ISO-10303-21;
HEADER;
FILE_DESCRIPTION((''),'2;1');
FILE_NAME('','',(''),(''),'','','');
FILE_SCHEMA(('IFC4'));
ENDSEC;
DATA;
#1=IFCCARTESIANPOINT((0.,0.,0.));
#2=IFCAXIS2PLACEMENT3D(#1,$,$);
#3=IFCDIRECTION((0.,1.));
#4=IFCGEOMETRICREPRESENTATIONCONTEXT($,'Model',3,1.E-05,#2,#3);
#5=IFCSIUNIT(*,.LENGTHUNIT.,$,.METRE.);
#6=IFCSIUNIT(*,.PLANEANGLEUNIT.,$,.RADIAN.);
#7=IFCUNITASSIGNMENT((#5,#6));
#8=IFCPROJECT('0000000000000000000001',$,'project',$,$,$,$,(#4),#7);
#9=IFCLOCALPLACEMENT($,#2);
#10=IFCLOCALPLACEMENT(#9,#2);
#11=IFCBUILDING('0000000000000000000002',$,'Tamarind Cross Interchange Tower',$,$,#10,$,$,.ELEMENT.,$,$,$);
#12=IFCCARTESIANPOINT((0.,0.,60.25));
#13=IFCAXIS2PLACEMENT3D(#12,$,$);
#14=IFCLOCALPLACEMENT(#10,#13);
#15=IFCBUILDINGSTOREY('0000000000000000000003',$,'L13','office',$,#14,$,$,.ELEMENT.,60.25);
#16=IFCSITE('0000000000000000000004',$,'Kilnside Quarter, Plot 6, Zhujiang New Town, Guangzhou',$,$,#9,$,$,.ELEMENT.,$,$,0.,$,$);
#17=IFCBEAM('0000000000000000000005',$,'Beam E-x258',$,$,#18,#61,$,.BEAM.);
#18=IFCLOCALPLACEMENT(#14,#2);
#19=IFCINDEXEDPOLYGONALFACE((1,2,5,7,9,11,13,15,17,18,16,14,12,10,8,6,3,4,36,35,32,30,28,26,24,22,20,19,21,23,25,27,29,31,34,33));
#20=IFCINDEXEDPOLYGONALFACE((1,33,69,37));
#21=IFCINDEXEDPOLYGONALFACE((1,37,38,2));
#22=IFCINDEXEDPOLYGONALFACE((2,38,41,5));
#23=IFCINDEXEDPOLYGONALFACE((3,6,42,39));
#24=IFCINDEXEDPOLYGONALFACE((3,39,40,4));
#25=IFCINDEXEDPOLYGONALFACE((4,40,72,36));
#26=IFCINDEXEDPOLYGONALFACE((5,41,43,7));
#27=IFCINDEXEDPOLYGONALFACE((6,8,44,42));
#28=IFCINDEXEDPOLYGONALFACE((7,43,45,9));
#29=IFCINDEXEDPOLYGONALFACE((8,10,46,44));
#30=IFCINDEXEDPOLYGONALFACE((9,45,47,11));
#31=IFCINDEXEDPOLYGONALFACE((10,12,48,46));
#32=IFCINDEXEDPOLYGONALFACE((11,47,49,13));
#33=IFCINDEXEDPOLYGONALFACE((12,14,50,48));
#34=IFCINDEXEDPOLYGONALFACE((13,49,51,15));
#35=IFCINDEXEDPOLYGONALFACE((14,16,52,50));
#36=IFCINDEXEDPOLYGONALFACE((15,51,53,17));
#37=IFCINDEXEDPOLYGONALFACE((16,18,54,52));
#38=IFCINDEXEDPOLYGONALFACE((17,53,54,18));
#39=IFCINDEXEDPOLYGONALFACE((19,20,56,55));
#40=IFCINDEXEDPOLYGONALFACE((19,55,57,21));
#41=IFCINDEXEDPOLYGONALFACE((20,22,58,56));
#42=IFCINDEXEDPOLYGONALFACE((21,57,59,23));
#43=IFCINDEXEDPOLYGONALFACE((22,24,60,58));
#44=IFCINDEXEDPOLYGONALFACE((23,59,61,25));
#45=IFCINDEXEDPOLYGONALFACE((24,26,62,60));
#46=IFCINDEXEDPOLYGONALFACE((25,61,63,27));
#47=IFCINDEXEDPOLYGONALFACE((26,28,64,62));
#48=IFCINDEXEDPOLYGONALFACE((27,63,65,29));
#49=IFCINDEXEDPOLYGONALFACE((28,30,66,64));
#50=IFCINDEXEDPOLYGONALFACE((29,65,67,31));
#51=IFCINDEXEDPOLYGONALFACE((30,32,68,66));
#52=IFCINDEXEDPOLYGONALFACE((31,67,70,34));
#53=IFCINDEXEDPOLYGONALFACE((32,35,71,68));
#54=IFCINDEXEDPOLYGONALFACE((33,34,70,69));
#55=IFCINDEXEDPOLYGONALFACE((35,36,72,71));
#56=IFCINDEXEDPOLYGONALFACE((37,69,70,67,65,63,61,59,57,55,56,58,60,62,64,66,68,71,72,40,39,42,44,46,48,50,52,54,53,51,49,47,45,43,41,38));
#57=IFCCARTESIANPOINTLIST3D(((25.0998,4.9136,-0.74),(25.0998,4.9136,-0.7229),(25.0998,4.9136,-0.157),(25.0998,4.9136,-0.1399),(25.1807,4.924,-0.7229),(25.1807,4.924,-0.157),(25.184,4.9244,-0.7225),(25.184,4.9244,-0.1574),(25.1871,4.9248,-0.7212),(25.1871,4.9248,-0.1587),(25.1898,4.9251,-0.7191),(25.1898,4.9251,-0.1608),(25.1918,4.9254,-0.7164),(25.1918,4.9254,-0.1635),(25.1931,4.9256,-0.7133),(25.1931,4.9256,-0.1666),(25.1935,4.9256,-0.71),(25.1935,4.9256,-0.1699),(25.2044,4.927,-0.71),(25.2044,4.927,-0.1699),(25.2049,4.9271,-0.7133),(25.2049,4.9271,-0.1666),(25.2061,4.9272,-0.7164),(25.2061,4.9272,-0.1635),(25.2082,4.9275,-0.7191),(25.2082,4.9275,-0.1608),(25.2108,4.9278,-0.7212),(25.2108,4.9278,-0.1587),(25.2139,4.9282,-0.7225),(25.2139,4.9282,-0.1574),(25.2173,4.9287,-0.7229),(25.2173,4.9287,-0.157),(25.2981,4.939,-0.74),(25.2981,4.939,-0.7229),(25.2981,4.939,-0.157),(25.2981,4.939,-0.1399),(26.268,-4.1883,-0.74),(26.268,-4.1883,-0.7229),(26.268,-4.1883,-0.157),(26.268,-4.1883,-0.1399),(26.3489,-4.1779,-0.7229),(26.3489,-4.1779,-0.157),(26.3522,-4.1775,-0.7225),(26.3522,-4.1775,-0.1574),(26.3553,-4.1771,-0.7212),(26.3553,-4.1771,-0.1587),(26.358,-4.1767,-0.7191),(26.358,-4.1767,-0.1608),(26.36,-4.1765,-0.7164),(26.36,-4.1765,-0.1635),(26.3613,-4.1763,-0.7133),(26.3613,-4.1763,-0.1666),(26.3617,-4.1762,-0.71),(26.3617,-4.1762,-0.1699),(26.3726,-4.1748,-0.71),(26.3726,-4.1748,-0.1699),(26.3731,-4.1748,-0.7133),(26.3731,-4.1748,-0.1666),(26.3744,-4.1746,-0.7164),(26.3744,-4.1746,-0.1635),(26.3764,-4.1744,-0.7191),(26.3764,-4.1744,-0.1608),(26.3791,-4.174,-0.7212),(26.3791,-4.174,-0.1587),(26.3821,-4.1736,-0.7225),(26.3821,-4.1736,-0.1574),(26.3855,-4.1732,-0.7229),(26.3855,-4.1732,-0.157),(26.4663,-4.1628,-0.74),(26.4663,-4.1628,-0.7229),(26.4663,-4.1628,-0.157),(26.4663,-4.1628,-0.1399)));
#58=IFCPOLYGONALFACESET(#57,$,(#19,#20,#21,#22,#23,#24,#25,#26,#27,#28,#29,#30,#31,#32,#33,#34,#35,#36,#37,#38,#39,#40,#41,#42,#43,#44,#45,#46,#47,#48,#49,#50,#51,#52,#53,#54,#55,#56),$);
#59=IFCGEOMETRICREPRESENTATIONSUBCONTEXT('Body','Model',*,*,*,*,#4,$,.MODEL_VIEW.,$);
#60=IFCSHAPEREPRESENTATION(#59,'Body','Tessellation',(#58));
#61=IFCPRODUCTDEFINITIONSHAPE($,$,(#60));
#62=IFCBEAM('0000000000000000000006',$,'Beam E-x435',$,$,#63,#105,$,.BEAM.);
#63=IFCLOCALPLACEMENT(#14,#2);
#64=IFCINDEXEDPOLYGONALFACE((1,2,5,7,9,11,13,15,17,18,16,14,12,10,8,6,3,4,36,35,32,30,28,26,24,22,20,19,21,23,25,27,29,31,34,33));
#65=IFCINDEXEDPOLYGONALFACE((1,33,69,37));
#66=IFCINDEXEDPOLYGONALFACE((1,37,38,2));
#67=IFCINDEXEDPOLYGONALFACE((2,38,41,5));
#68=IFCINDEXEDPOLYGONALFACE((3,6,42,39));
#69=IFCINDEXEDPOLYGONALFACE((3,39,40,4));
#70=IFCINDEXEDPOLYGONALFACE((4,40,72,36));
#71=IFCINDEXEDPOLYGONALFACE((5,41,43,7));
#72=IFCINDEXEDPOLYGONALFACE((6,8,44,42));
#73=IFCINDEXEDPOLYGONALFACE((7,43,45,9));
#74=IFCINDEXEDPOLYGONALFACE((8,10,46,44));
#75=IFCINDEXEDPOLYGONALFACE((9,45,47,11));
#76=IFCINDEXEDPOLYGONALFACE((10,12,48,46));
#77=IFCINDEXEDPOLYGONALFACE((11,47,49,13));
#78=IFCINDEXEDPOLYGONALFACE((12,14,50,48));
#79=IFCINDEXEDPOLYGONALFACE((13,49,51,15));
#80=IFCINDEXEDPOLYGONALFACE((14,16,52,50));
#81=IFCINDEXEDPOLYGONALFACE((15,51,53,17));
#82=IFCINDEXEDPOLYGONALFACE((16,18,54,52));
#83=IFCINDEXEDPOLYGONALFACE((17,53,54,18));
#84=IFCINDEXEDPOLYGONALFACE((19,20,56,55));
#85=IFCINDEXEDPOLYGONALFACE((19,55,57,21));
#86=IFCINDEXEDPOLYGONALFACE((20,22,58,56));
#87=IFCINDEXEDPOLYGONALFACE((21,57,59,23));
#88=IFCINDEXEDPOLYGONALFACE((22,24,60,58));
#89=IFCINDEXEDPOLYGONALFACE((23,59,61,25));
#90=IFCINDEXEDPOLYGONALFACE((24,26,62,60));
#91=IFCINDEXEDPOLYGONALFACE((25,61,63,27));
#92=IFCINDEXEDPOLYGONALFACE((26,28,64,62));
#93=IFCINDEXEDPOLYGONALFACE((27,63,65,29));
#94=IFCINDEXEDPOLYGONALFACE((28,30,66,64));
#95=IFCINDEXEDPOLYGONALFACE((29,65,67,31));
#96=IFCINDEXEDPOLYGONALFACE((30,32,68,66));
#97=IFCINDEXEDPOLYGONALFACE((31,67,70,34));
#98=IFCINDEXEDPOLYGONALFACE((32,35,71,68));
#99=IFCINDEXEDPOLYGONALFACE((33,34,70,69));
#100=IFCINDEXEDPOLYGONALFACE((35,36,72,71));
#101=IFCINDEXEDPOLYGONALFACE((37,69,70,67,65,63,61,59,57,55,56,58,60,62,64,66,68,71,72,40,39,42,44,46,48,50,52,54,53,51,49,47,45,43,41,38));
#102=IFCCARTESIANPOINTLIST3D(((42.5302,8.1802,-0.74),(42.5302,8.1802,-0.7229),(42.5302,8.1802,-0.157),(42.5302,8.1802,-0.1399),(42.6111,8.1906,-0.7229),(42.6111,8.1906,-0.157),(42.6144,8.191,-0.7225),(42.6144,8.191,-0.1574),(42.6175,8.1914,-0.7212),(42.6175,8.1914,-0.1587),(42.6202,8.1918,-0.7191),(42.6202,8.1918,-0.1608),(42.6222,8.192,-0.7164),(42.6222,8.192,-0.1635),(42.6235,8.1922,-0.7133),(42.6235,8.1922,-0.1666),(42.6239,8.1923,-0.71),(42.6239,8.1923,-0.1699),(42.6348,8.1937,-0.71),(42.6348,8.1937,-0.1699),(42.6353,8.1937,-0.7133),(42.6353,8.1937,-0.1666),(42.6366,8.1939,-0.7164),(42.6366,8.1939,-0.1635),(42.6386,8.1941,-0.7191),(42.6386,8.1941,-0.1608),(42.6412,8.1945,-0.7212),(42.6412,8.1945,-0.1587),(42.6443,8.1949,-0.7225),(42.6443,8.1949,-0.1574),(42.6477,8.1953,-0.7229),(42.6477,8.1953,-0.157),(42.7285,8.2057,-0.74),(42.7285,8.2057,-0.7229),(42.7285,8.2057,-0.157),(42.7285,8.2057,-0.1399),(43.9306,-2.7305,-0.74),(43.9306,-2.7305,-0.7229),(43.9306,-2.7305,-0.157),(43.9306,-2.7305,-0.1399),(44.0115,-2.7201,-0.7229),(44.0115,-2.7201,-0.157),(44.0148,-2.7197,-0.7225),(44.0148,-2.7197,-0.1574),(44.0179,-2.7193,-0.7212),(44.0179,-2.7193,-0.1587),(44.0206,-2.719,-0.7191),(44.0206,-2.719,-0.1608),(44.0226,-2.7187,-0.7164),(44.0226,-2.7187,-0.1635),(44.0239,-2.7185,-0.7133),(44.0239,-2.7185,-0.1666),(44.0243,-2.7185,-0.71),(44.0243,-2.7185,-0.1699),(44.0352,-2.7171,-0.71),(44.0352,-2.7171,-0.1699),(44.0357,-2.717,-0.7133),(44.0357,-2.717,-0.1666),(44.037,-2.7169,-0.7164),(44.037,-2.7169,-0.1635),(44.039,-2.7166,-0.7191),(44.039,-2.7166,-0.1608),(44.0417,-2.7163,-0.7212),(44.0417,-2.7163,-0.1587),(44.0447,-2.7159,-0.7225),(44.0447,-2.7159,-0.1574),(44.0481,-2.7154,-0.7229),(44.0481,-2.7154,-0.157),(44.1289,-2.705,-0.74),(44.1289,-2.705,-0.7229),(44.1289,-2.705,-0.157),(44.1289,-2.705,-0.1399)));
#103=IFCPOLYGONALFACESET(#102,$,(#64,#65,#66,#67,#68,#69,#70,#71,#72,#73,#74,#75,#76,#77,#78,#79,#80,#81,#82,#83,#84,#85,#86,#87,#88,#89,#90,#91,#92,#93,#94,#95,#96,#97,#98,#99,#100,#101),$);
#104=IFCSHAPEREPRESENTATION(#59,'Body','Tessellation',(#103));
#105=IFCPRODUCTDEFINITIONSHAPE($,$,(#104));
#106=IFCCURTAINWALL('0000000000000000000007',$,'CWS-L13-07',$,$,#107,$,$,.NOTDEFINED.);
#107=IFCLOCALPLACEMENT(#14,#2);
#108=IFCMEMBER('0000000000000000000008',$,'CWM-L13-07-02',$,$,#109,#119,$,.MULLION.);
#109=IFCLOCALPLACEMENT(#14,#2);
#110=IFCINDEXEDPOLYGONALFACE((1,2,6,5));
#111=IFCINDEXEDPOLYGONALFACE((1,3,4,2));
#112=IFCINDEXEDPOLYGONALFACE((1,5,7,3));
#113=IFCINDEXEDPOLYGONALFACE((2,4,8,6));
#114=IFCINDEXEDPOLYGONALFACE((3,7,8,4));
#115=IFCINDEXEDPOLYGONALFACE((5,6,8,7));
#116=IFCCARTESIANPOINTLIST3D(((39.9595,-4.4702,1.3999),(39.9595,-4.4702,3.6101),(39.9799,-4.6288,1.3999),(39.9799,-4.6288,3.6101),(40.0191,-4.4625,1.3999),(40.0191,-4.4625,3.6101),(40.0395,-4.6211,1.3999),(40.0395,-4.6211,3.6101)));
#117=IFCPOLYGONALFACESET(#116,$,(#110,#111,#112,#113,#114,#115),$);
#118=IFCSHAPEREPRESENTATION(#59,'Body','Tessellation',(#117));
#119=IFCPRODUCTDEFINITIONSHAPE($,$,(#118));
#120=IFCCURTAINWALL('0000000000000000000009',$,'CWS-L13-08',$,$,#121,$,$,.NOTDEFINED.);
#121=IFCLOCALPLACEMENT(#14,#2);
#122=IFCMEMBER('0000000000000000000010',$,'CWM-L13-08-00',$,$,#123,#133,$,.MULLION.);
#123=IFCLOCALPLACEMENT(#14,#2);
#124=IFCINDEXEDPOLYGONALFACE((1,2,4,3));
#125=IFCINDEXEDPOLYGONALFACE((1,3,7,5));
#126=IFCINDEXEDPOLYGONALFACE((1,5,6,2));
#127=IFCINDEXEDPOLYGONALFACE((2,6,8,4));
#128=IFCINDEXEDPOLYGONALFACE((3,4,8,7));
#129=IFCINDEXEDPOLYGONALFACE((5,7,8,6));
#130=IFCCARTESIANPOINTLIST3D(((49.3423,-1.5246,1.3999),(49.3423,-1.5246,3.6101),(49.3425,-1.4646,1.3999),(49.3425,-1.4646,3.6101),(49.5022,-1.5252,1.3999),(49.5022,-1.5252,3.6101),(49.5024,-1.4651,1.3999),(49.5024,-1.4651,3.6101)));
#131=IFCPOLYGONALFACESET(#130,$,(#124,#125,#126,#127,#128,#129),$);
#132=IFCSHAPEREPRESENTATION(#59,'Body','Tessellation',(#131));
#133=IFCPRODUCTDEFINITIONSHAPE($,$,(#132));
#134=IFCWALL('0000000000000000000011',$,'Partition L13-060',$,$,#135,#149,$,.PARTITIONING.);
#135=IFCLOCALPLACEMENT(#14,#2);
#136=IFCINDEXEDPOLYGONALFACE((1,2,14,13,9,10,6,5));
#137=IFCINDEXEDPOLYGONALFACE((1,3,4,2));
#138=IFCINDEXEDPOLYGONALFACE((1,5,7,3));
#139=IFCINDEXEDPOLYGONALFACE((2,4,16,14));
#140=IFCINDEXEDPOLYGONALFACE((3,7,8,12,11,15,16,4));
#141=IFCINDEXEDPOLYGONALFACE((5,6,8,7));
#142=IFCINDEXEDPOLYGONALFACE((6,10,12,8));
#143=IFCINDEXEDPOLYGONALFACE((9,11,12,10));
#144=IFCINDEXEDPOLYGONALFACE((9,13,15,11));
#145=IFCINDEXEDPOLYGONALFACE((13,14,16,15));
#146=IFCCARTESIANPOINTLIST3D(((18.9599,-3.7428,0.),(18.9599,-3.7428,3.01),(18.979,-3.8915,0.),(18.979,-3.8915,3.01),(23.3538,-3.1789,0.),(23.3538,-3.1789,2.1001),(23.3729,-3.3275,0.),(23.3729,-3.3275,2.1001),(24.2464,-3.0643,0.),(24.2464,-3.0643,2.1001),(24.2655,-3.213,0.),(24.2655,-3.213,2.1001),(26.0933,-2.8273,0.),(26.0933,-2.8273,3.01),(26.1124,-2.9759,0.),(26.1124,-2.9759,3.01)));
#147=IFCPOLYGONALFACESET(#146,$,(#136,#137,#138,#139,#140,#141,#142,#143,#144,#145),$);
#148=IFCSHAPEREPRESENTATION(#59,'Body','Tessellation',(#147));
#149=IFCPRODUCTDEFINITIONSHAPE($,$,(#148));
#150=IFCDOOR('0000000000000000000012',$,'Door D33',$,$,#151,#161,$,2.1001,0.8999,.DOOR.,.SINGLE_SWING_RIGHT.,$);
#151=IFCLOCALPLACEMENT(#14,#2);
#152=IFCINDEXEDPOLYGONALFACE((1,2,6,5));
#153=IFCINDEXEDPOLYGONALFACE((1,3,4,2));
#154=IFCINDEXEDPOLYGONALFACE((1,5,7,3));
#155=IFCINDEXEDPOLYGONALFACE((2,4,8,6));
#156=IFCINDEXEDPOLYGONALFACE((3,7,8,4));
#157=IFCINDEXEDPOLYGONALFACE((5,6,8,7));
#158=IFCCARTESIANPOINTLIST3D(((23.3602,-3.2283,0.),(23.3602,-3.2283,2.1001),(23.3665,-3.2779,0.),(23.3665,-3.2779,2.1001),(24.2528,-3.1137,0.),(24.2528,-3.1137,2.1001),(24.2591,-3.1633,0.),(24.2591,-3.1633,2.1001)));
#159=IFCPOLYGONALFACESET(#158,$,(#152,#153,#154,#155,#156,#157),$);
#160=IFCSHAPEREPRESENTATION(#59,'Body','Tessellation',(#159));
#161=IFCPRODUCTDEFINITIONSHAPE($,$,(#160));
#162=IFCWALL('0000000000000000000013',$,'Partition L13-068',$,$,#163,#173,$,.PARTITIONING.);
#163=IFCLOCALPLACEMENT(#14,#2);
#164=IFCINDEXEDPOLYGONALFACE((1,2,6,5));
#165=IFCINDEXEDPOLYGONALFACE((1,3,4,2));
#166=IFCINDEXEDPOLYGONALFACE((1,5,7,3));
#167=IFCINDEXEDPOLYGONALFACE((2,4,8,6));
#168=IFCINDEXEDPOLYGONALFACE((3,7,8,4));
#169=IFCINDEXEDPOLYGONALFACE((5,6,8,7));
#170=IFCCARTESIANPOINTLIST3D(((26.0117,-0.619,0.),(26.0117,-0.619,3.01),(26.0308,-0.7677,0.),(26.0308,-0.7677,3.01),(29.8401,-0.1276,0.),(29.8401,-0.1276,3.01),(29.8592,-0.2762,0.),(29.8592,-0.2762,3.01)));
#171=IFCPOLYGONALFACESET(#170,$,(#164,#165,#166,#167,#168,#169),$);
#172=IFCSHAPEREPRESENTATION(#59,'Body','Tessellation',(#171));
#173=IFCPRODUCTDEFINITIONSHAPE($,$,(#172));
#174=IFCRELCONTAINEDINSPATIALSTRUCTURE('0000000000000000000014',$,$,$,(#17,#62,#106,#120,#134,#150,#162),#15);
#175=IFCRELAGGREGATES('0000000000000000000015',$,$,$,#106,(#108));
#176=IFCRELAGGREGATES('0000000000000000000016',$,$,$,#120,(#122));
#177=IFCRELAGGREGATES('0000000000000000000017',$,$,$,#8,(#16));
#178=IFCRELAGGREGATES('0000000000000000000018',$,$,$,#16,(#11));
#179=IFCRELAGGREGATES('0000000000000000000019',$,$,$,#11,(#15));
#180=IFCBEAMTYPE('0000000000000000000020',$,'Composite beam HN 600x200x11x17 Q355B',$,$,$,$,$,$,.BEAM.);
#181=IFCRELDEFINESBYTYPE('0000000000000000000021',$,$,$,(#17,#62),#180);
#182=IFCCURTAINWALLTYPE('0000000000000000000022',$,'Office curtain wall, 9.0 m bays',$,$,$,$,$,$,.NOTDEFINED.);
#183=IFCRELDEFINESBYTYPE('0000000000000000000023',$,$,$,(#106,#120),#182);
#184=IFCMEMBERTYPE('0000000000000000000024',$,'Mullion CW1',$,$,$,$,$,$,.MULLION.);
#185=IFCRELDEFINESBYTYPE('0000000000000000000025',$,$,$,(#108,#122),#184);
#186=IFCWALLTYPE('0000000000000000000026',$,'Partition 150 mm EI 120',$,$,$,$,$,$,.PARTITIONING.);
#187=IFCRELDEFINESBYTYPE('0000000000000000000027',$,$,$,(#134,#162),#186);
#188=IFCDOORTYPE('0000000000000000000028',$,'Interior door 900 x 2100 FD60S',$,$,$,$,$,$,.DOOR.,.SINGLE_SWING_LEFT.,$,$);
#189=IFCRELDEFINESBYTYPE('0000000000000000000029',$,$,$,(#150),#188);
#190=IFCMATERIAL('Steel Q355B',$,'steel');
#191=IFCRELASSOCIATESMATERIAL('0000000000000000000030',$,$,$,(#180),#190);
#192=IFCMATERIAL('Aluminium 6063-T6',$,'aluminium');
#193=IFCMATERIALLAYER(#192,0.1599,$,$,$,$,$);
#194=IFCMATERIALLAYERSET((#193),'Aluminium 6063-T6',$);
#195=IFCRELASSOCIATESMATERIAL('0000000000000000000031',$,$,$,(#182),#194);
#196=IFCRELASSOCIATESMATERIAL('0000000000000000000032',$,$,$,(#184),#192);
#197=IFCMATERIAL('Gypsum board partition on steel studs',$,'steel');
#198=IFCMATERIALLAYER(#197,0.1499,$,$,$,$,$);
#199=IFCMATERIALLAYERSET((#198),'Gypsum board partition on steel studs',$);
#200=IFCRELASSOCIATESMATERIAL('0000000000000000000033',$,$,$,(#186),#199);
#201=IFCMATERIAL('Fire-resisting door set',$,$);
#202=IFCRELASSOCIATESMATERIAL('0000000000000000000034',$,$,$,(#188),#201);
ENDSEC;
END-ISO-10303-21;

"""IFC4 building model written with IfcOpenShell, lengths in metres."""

from ifc_helpers import new_model, si_unit, direction, frame, frame_2d, origin, origin_2d, place, context, subcontext, project, spatial, rectangle, i_section, extrude, material, layer, layer_set, material_profile, profile_set, type_object, element, fill, aggregate, save


model = new_model("IFC4")

# Units and contexts
model_context = context("Model", 3, precision=1e-05, world=origin(), true_north=direction((0.0, 1.0)))
body_context = subcontext(model_context, "Body", "Model", "MODEL_VIEW")
ifc_project = project(units=[si_unit("LENGTHUNIT", "METRE"), si_unit("PLANEANGLEUNIT", "RADIAN")], contexts=[model_context])

# Site, building, storey
site_placement = place(None, origin())
site = spatial("IfcSite", under=ifc_project, at=site_placement, Name="Kilnside Quarter, Plot 6, Zhujiang New Town, Guangzhou", CompositionType="ELEMENT", RefElevation=0.0)
building_placement = place(site_placement, origin())
building = spatial("IfcBuilding", under=site, at=building_placement, Name="Tamarind Cross Interchange Tower", CompositionType="ELEMENT")
storey_placement = place(building_placement, frame((0.0, 0.0, 60.25)))
storey = spatial("IfcBuildingStorey", under=building, at=storey_placement, Name="L13", Description="office", CompositionType="ELEMENT", Elevation=60.25)

# Beams
ifc_material_1 = material(Name="Steel Q355B", Category="steel")
ifc_material_profile_1 = material_profile(ifc_material_1, i_section(OverallWidth=0.2, OverallDepth=0.6001, WebThickness=0.011, FlangeThickness=0.0171, FilletRadius=0.0129, at=origin_2d()), Name="HN 600x200x11x17")
ifc_profile_set_1 = profile_set([ifc_material_profile_1], Name="Steel Q355B")
beam_type_1 = type_object("IfcBeamType", Name="Composite beam HN 600x200x11x17 Q355B", PredefinedType="BEAM", material=ifc_profile_set_1)
beam_1_placement = place(storey_placement, frame((26.3672, -4.1755, -0.4399), z_axis=(-0.127305, 0.991864, 0.0), x_axis=(-0.991864, -0.127305, 0.0)))
element("IfcBeam", 1, at=beam_1_placement, inside=storey, type_object=beam_type_1, Name="Beam E-x258", PredefinedType="BEAM", context=body_context, shape_type="SweptSolid", body=[
    extrude(i_section(OverallWidth=0.2, OverallDepth=0.6001, WebThickness=0.011, FlangeThickness=0.0171, FilletRadius=0.0129, at=origin_2d()), origin(), (0.0, 0.0, 1.0), 9.1765),
])
beam_2_placement = place(storey_placement, frame((44.0298, -2.7178, -0.4399), z_axis=(-0.127307, 0.991863, 0.0), x_axis=(-0.991863, -0.127307, 0.0)))
element("IfcBeam", 2, at=beam_2_placement, inside=storey, type_object=beam_type_1, Name="Beam E-x435", PredefinedType="BEAM", context=body_context, shape_type="SweptSolid", body=[
    extrude(i_section(OverallWidth=0.2, OverallDepth=0.6001, WebThickness=0.011, FlangeThickness=0.0171, FilletRadius=0.0129, at=origin_2d()), origin(), (0.0, 0.0, 1.0), 11.0002),
])

# Curtain walls, members
ifc_material_2 = material(Name="Aluminium 6063-T6", Category="aluminium")
ifc_layer_1 = layer(ifc_material_2, 0.1599)
ifc_layer_set_1 = layer_set([ifc_layer_1], Name="Aluminium 6063-T6")
curtain_wall_type = type_object("IfcCurtainWallType", Name="Office curtain wall, 9.0 m bays", PredefinedType="NOTDEFINED", material=ifc_layer_set_1)
curtain_wall_1_placement = place(storey_placement, origin())
curtain_wall_1 = element("IfcCurtainWall", 3, at=curtain_wall_1_placement, inside=storey, type_object=curtain_wall_type, Name="CWS-L13-07", PredefinedType="NOTDEFINED")
ifc_material_profile_2 = material_profile(ifc_material_2, rectangle(XDim=0.0601, YDim=0.1599, at=origin_2d()), Name="Mullion CW1")
ifc_profile_set_2 = profile_set([ifc_material_profile_2], Name="Aluminium 6063-T6")
member_type = type_object("IfcMemberType", Name="Mullion CW1", PredefinedType="MULLION", material=ifc_profile_set_2)
member_1_placement = place(storey_placement, frame((39.9995, -4.5457, 1.3999), z_axis=(0.0, 0.0, 1.0), x_axis=(0.991864, 0.1273, 0.0)))
member_1 = element("IfcMember", 4, at=member_1_placement, type_object=member_type, Name="CWM-L13-07-02", PredefinedType="MULLION", context=body_context, shape_type="SweptSolid", body=[
    extrude(rectangle(XDim=0.0601, YDim=0.1599, at=origin_2d()), origin(), (0.0, 0.0, 1.0), 2.2102),
])
aggregate(curtain_wall_1, [member_1])
curtain_wall_2_placement = place(storey_placement, origin())
curtain_wall_2 = element("IfcCurtainWall", 5, at=curtain_wall_2_placement, inside=storey, type_object=curtain_wall_type, Name="CWS-L13-08", PredefinedType="NOTDEFINED")
member_2_placement = place(storey_placement, frame((49.4224, -1.4949, 1.3999), z_axis=(0.0, 0.0, 1.0), x_axis=(0.003253, 0.999995, 0.0)))
member_2 = element("IfcMember", 6, at=member_2_placement, type_object=member_type, Name="CWM-L13-08-00", PredefinedType="MULLION", context=body_context, shape_type="SweptSolid", body=[
    extrude(rectangle(XDim=0.0601, YDim=0.1599, at=origin_2d()), origin(), (0.0, 0.0, 1.0), 2.2102),
])
aggregate(curtain_wall_2, [member_2])

# Wall, opening, door
ifc_material_3 = material(Name="Gypsum board partition on steel studs", Category="steel")
ifc_layer_2 = layer(ifc_material_3, 0.1499)
ifc_layer_set_2 = layer_set([ifc_layer_2], Name="Gypsum board partition on steel studs")
wall_type_1 = type_object("IfcWallType", Name="Partition 150 mm EI 120", PredefinedType="PARTITIONING", material=ifc_layer_set_2)
wall_1_placement = place(storey_placement, frame((18.9695, -3.8171, 0.0), z_axis=(0.0, 0.0, 1.0), x_axis=(0.991864, 0.127301, 0.0)))
wall_1 = element("IfcWall", 7, at=wall_1_placement, inside=storey, type_object=wall_type_1, Name="Partition L13-060", PredefinedType="PARTITIONING", context=body_context, shape_type="SweptSolid", body=[
    extrude(rectangle(XDim=7.1919, YDim=0.1499, at=frame_2d((3.5959, 0.0))), origin(), (0.0, 0.0, 1.0), 3.01),
])
opening_1_placement = place(wall_1_placement, frame((4.4299, 0.0, 0.0)))
opening_1 = element("IfcOpeningElement", 8, at=opening_1_placement, cuts=wall_1, PredefinedType="OPENING", context=body_context, shape_type="SweptSolid", body=[
    extrude(rectangle(XDim=0.8999, YDim=2.1001, at=frame_2d((0.45, 1.05))), frame((0.0, 0.085, 0.0), z_axis=(0.0, -1.0, 0.0), x_axis=(1.0, 0.0, 0.0)), (0.0, 0.0, 1.0), 0.1699),
])
ifc_material_4 = material(Name="Fire-resisting door set")
door_type_1 = type_object("IfcDoorType", Name="Interior door 900 x 2100 FD60S", OperationType="SINGLE_SWING_LEFT", PredefinedType="DOOR", material=ifc_material_4)
door_1_placement = place(opening_1_placement, frame((0.8999, 0.0, 0.0), z_axis=(0.0, 0.0, 1.0), x_axis=(-1.0, 0.0, 0.0)))
door_1 = element("IfcDoor", 9, at=door_1_placement, inside=storey, type_object=door_type_1, Name="Door D33", OperationType="SINGLE_SWING_RIGHT", OverallHeight=2.1001, OverallWidth=0.8999, PredefinedType="DOOR", context=body_context, shape_type="SweptSolid", body=[
    extrude(rectangle(XDim=0.8999, YDim=2.1001, at=frame_2d((0.45, 1.05))), frame((0.0, 0.0249, 0.0), z_axis=(0.0, -1.0, 0.0), x_axis=(1.0, 0.0, 0.0)), (0.0, 0.0, 1.0), 0.05),
])
fill(opening_1, door_1)

# Wall
wall_2_placement = place(storey_placement, frame((26.0212, -0.6934, 0.0), z_axis=(0.0, 0.0, 1.0), x_axis=(0.991861, 0.127327, 0.0)))
element("IfcWall", 10, at=wall_2_placement, inside=storey, type_object=wall_type_1, Name="Partition L13-068", PredefinedType="PARTITIONING", context=body_context, shape_type="SweptSolid", body=[
    extrude(rectangle(XDim=3.8599, YDim=0.1499, at=frame_2d((1.9299, 0.0))), origin(), (0.0, 0.0, 1.0), 3.01),
])

save(model, "model.ifc")
